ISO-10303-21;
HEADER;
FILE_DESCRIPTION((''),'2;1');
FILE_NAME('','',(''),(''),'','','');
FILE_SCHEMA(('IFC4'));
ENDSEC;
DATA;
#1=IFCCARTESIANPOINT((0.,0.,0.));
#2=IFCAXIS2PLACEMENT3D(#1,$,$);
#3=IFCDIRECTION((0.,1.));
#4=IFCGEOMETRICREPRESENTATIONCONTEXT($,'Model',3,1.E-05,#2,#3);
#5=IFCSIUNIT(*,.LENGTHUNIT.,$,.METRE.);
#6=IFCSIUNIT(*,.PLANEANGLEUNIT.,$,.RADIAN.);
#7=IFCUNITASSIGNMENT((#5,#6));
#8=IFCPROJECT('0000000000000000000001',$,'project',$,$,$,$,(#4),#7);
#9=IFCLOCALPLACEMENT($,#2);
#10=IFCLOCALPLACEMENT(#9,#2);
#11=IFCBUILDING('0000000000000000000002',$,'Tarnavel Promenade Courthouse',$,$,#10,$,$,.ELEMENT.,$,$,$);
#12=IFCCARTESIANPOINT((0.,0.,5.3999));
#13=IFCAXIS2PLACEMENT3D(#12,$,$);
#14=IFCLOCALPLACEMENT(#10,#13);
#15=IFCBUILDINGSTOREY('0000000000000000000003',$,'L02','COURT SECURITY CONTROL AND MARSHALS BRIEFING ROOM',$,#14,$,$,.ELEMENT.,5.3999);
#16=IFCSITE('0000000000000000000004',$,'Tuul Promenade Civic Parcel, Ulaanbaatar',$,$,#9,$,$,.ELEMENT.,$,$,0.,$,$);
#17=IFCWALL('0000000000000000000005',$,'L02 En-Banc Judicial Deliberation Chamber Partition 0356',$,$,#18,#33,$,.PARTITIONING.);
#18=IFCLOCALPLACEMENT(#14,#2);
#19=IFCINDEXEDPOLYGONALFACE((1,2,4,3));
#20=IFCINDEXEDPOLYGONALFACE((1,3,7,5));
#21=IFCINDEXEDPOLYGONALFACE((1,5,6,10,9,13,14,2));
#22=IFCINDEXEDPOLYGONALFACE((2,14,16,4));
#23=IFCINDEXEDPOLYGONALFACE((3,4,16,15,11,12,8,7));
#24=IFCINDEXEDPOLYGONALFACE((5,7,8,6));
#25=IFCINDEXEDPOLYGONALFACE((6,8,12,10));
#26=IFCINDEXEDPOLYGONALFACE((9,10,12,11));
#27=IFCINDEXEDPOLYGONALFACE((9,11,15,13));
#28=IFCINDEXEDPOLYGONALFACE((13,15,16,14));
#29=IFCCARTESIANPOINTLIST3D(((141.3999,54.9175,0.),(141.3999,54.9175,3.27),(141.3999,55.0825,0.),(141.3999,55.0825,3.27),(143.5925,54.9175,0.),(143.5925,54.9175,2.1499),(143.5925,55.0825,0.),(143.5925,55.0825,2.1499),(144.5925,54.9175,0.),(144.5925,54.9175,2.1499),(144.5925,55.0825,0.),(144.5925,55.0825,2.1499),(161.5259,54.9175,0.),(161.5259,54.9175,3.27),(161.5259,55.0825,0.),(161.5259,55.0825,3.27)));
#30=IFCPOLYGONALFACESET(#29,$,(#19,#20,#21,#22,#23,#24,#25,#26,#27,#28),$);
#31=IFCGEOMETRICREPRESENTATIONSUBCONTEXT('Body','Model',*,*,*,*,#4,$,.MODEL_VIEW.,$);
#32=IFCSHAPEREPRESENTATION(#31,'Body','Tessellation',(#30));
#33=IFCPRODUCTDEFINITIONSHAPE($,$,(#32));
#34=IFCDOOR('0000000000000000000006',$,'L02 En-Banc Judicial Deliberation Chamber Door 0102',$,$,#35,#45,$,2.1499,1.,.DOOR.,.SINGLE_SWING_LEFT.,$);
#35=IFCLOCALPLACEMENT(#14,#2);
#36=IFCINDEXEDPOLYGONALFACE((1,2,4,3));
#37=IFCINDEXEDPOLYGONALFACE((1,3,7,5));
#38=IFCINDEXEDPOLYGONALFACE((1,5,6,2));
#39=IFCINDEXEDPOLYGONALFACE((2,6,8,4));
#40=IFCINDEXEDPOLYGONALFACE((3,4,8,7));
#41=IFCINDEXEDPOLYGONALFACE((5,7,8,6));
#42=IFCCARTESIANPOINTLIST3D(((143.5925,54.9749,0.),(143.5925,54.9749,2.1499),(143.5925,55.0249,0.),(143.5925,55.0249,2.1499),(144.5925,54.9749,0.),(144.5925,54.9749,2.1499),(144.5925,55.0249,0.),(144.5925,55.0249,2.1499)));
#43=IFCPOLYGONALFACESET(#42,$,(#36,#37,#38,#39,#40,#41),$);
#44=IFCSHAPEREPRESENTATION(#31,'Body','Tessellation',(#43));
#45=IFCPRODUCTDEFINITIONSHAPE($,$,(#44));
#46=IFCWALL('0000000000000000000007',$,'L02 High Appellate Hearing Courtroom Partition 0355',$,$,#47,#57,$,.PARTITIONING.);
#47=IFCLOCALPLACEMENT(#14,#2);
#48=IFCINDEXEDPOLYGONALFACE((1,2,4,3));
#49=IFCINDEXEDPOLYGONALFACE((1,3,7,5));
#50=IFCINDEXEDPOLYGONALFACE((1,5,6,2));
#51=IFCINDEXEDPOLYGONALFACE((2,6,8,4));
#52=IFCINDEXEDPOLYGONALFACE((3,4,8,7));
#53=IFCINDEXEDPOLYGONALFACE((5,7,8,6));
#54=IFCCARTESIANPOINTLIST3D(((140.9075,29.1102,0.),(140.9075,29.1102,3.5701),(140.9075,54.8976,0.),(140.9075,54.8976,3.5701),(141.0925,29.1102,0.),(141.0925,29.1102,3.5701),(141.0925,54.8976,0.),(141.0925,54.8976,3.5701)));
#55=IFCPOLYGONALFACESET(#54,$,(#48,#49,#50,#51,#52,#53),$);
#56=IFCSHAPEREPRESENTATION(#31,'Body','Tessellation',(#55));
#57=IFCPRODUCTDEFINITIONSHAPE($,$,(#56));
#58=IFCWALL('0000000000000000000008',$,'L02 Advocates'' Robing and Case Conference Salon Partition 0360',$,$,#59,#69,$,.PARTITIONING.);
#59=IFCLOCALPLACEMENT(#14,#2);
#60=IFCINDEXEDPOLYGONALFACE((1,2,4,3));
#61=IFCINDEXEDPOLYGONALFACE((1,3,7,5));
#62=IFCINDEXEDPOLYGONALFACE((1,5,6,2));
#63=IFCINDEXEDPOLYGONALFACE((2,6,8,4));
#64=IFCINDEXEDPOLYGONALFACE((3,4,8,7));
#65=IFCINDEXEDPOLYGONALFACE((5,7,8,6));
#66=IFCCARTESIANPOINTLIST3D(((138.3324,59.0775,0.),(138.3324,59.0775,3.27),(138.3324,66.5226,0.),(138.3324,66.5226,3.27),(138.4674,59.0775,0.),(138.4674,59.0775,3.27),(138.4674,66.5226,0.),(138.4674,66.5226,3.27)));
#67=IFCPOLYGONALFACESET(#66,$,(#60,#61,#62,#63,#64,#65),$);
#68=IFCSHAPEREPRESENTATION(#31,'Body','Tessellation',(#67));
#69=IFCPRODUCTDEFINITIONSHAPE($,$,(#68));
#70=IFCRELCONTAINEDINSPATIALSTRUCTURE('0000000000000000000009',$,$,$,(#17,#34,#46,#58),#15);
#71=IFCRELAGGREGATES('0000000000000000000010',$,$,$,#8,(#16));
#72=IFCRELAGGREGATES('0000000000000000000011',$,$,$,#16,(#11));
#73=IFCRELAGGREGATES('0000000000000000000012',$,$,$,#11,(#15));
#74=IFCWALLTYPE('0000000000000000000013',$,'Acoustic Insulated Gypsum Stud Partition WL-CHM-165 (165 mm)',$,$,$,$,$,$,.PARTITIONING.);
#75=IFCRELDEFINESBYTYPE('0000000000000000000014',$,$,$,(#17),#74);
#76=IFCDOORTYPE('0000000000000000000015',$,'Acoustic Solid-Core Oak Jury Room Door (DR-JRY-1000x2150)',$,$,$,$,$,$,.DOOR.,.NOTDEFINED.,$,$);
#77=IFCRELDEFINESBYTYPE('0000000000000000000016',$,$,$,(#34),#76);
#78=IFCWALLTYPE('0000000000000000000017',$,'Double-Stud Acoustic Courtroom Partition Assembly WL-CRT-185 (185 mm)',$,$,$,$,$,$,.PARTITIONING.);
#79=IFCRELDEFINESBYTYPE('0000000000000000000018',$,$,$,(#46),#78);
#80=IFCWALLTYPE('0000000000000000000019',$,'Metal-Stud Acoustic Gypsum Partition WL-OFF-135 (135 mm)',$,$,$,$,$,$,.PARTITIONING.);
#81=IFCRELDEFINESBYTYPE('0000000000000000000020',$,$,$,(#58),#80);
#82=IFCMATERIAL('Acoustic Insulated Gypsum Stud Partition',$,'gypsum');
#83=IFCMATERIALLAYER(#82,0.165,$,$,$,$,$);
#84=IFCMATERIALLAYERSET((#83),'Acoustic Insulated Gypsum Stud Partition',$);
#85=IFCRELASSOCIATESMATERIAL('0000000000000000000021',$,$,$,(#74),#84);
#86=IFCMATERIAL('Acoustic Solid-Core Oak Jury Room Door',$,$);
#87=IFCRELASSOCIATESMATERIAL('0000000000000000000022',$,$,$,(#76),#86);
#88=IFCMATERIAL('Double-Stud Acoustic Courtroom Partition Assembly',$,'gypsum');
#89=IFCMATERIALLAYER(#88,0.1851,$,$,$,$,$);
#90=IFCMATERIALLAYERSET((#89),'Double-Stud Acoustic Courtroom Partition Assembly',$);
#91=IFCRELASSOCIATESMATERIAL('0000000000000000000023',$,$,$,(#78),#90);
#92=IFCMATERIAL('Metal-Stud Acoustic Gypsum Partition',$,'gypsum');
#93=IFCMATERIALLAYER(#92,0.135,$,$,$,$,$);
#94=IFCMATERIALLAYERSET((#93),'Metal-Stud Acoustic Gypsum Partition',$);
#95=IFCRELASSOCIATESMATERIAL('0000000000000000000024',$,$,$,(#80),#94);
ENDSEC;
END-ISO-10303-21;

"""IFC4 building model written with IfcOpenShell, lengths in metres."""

from ifc_helpers import new_model, si_unit, direction, frame, frame_2d, origin, place, context, subcontext, project, spatial, rectangle, extrude, material, layer, layer_set, type_object, element, fill, save


model = new_model("IFC4")

# Units and contexts
model_context = context("Model", 3, precision=1e-05, world=origin(), true_north=direction((0.0, 1.0)))
body_context = subcontext(model_context, "Body", "Model", "MODEL_VIEW")
ifc_project = project(units=[si_unit("LENGTHUNIT", "METRE"), si_unit("PLANEANGLEUNIT", "RADIAN")], contexts=[model_context])

# Site, building, storey
site_placement = place(None, origin())
site = spatial("IfcSite", under=ifc_project, at=site_placement, Name="Tuul Promenade Civic Parcel, Ulaanbaatar", CompositionType="ELEMENT", RefElevation=0.0)
building_placement = place(site_placement, origin())
building = spatial("IfcBuilding", under=site, at=building_placement, Name="Tarnavel Promenade Courthouse", CompositionType="ELEMENT")
storey_placement = place(building_placement, frame((0.0, 0.0, 5.3999)))
storey = spatial("IfcBuildingStorey", under=building, at=storey_placement, Name="L02", Description="COURT SECURITY CONTROL AND MARSHALS BRIEFING ROOM", CompositionType="ELEMENT", Elevation=5.3999)

# Wall, opening, door
ifc_material_1 = material(Name="Acoustic Insulated Gypsum Stud Partition", Category="gypsum")
ifc_layer_1 = layer(ifc_material_1, 0.165)
ifc_layer_set_1 = layer_set([ifc_layer_1], Name="Acoustic Insulated Gypsum Stud Partition")
wall_type_1 = type_object("IfcWallType", Name="Acoustic Insulated Gypsum Stud Partition WL-CHM-165 (165 mm)", PredefinedType="PARTITIONING", material=ifc_layer_set_1)
wall_1_placement = place(storey_placement, frame((141.3999, 55.0, 0.0), z_axis=(0.0, 0.0, 1.0), x_axis=(1.0, 0.0, 0.0)))
wall_1 = element("IfcWall", 1, at=wall_1_placement, inside=storey, type_object=wall_type_1, Name="L02 En-Banc Judicial Deliberation Chamber Partition 0356", PredefinedType="PARTITIONING", context=body_context, shape_type="SweptSolid", body=[
    extrude(rectangle(XDim=20.126, YDim=0.165, at=frame_2d((10.063, 0.0))), origin(), (0.0, 0.0, 1.0), 3.27),
])
opening_placement = place(wall_1_placement, frame((2.1926, 0.0, 0.0)))
opening = element("IfcOpeningElement", 2, at=opening_placement, cuts=wall_1, PredefinedType="OPENING", context=body_context, shape_type="SweptSolid", body=[
    extrude(rectangle(XDim=1.0, YDim=2.1499, at=frame_2d((0.5, 1.075))), frame((0.0, 0.0925, 0.0), z_axis=(0.0, -1.0, 0.0), x_axis=(1.0, 0.0, 0.0)), (0.0, 0.0, 1.0), 0.1851),
])
ifc_material_2 = material(Name="Acoustic Solid-Core Oak Jury Room Door")
door_type = type_object("IfcDoorType", Name="Acoustic Solid-Core Oak Jury Room Door (DR-JRY-1000x2150)", OperationType="NOTDEFINED", PredefinedType="DOOR", material=ifc_material_2)
door_placement = place(opening_placement, origin())
door = element("IfcDoor", 3, at=door_placement, inside=storey, type_object=door_type, Name="L02 En-Banc Judicial Deliberation Chamber Door 0102", OperationType="SINGLE_SWING_LEFT", OverallHeight=2.1499, OverallWidth=1.0, PredefinedType="DOOR", context=body_context, shape_type="SweptSolid", body=[
    extrude(rectangle(XDim=1.0, YDim=2.1499, at=frame_2d((0.5, 1.075))), frame((0.0, 0.0249, 0.0), z_axis=(0.0, -1.0, 0.0), x_axis=(1.0, 0.0, 0.0)), (0.0, 0.0, 1.0), 0.05),
])
fill(opening, door)

# Walls
ifc_material_3 = material(Name="Double-Stud Acoustic Courtroom Partition Assembly", Category="gypsum")
ifc_layer_2 = layer(ifc_material_3, 0.1851)
ifc_layer_set_2 = layer_set([ifc_layer_2], Name="Double-Stud Acoustic Courtroom Partition Assembly")
wall_type_2 = type_object("IfcWallType", Name="Double-Stud Acoustic Courtroom Partition Assembly WL-CRT-185 (185 mm)", PredefinedType="PARTITIONING", material=ifc_layer_set_2)
wall_2_placement = place(storey_placement, frame((141.0, 54.8975, 0.0), z_axis=(0.0, 0.0, 1.0), x_axis=(0.0, -1.0, 0.0)))
element("IfcWall", 4, at=wall_2_placement, inside=storey, type_object=wall_type_2, Name="L02 High Appellate Hearing Courtroom Partition 0355", PredefinedType="PARTITIONING", context=body_context, shape_type="SweptSolid", body=[
    extrude(rectangle(XDim=25.7874, YDim=0.1851, at=frame_2d((12.8936, 0.0))), origin(), (0.0, 0.0, 1.0), 3.5701),
])
ifc_material_4 = material(Name="Metal-Stud Acoustic Gypsum Partition", Category="gypsum")
ifc_layer_3 = layer(ifc_material_4, 0.135)
ifc_layer_set_3 = layer_set([ifc_layer_3], Name="Metal-Stud Acoustic Gypsum Partition")
wall_type_3 = type_object("IfcWallType", Name="Metal-Stud Acoustic Gypsum Partition WL-OFF-135 (135 mm)", PredefinedType="PARTITIONING", material=ifc_layer_set_3)
wall_3_placement = place(storey_placement, frame((138.3999, 59.0774, 0.0), z_axis=(0.0, 0.0, 1.0), x_axis=(0.0, 1.0, 0.0)))
element("IfcWall", 5, at=wall_3_placement, inside=storey, type_object=wall_type_3, Name="L02 Advocates' Robing and Case Conference Salon Partition 0360", PredefinedType="PARTITIONING", context=body_context, shape_type="SweptSolid", body=[
    extrude(rectangle(XDim=7.4451, YDim=0.135, at=frame_2d((3.7227, 0.0))), origin(), (0.0, 0.0, 1.0), 3.27),
])

save(model, "model.ifc")
